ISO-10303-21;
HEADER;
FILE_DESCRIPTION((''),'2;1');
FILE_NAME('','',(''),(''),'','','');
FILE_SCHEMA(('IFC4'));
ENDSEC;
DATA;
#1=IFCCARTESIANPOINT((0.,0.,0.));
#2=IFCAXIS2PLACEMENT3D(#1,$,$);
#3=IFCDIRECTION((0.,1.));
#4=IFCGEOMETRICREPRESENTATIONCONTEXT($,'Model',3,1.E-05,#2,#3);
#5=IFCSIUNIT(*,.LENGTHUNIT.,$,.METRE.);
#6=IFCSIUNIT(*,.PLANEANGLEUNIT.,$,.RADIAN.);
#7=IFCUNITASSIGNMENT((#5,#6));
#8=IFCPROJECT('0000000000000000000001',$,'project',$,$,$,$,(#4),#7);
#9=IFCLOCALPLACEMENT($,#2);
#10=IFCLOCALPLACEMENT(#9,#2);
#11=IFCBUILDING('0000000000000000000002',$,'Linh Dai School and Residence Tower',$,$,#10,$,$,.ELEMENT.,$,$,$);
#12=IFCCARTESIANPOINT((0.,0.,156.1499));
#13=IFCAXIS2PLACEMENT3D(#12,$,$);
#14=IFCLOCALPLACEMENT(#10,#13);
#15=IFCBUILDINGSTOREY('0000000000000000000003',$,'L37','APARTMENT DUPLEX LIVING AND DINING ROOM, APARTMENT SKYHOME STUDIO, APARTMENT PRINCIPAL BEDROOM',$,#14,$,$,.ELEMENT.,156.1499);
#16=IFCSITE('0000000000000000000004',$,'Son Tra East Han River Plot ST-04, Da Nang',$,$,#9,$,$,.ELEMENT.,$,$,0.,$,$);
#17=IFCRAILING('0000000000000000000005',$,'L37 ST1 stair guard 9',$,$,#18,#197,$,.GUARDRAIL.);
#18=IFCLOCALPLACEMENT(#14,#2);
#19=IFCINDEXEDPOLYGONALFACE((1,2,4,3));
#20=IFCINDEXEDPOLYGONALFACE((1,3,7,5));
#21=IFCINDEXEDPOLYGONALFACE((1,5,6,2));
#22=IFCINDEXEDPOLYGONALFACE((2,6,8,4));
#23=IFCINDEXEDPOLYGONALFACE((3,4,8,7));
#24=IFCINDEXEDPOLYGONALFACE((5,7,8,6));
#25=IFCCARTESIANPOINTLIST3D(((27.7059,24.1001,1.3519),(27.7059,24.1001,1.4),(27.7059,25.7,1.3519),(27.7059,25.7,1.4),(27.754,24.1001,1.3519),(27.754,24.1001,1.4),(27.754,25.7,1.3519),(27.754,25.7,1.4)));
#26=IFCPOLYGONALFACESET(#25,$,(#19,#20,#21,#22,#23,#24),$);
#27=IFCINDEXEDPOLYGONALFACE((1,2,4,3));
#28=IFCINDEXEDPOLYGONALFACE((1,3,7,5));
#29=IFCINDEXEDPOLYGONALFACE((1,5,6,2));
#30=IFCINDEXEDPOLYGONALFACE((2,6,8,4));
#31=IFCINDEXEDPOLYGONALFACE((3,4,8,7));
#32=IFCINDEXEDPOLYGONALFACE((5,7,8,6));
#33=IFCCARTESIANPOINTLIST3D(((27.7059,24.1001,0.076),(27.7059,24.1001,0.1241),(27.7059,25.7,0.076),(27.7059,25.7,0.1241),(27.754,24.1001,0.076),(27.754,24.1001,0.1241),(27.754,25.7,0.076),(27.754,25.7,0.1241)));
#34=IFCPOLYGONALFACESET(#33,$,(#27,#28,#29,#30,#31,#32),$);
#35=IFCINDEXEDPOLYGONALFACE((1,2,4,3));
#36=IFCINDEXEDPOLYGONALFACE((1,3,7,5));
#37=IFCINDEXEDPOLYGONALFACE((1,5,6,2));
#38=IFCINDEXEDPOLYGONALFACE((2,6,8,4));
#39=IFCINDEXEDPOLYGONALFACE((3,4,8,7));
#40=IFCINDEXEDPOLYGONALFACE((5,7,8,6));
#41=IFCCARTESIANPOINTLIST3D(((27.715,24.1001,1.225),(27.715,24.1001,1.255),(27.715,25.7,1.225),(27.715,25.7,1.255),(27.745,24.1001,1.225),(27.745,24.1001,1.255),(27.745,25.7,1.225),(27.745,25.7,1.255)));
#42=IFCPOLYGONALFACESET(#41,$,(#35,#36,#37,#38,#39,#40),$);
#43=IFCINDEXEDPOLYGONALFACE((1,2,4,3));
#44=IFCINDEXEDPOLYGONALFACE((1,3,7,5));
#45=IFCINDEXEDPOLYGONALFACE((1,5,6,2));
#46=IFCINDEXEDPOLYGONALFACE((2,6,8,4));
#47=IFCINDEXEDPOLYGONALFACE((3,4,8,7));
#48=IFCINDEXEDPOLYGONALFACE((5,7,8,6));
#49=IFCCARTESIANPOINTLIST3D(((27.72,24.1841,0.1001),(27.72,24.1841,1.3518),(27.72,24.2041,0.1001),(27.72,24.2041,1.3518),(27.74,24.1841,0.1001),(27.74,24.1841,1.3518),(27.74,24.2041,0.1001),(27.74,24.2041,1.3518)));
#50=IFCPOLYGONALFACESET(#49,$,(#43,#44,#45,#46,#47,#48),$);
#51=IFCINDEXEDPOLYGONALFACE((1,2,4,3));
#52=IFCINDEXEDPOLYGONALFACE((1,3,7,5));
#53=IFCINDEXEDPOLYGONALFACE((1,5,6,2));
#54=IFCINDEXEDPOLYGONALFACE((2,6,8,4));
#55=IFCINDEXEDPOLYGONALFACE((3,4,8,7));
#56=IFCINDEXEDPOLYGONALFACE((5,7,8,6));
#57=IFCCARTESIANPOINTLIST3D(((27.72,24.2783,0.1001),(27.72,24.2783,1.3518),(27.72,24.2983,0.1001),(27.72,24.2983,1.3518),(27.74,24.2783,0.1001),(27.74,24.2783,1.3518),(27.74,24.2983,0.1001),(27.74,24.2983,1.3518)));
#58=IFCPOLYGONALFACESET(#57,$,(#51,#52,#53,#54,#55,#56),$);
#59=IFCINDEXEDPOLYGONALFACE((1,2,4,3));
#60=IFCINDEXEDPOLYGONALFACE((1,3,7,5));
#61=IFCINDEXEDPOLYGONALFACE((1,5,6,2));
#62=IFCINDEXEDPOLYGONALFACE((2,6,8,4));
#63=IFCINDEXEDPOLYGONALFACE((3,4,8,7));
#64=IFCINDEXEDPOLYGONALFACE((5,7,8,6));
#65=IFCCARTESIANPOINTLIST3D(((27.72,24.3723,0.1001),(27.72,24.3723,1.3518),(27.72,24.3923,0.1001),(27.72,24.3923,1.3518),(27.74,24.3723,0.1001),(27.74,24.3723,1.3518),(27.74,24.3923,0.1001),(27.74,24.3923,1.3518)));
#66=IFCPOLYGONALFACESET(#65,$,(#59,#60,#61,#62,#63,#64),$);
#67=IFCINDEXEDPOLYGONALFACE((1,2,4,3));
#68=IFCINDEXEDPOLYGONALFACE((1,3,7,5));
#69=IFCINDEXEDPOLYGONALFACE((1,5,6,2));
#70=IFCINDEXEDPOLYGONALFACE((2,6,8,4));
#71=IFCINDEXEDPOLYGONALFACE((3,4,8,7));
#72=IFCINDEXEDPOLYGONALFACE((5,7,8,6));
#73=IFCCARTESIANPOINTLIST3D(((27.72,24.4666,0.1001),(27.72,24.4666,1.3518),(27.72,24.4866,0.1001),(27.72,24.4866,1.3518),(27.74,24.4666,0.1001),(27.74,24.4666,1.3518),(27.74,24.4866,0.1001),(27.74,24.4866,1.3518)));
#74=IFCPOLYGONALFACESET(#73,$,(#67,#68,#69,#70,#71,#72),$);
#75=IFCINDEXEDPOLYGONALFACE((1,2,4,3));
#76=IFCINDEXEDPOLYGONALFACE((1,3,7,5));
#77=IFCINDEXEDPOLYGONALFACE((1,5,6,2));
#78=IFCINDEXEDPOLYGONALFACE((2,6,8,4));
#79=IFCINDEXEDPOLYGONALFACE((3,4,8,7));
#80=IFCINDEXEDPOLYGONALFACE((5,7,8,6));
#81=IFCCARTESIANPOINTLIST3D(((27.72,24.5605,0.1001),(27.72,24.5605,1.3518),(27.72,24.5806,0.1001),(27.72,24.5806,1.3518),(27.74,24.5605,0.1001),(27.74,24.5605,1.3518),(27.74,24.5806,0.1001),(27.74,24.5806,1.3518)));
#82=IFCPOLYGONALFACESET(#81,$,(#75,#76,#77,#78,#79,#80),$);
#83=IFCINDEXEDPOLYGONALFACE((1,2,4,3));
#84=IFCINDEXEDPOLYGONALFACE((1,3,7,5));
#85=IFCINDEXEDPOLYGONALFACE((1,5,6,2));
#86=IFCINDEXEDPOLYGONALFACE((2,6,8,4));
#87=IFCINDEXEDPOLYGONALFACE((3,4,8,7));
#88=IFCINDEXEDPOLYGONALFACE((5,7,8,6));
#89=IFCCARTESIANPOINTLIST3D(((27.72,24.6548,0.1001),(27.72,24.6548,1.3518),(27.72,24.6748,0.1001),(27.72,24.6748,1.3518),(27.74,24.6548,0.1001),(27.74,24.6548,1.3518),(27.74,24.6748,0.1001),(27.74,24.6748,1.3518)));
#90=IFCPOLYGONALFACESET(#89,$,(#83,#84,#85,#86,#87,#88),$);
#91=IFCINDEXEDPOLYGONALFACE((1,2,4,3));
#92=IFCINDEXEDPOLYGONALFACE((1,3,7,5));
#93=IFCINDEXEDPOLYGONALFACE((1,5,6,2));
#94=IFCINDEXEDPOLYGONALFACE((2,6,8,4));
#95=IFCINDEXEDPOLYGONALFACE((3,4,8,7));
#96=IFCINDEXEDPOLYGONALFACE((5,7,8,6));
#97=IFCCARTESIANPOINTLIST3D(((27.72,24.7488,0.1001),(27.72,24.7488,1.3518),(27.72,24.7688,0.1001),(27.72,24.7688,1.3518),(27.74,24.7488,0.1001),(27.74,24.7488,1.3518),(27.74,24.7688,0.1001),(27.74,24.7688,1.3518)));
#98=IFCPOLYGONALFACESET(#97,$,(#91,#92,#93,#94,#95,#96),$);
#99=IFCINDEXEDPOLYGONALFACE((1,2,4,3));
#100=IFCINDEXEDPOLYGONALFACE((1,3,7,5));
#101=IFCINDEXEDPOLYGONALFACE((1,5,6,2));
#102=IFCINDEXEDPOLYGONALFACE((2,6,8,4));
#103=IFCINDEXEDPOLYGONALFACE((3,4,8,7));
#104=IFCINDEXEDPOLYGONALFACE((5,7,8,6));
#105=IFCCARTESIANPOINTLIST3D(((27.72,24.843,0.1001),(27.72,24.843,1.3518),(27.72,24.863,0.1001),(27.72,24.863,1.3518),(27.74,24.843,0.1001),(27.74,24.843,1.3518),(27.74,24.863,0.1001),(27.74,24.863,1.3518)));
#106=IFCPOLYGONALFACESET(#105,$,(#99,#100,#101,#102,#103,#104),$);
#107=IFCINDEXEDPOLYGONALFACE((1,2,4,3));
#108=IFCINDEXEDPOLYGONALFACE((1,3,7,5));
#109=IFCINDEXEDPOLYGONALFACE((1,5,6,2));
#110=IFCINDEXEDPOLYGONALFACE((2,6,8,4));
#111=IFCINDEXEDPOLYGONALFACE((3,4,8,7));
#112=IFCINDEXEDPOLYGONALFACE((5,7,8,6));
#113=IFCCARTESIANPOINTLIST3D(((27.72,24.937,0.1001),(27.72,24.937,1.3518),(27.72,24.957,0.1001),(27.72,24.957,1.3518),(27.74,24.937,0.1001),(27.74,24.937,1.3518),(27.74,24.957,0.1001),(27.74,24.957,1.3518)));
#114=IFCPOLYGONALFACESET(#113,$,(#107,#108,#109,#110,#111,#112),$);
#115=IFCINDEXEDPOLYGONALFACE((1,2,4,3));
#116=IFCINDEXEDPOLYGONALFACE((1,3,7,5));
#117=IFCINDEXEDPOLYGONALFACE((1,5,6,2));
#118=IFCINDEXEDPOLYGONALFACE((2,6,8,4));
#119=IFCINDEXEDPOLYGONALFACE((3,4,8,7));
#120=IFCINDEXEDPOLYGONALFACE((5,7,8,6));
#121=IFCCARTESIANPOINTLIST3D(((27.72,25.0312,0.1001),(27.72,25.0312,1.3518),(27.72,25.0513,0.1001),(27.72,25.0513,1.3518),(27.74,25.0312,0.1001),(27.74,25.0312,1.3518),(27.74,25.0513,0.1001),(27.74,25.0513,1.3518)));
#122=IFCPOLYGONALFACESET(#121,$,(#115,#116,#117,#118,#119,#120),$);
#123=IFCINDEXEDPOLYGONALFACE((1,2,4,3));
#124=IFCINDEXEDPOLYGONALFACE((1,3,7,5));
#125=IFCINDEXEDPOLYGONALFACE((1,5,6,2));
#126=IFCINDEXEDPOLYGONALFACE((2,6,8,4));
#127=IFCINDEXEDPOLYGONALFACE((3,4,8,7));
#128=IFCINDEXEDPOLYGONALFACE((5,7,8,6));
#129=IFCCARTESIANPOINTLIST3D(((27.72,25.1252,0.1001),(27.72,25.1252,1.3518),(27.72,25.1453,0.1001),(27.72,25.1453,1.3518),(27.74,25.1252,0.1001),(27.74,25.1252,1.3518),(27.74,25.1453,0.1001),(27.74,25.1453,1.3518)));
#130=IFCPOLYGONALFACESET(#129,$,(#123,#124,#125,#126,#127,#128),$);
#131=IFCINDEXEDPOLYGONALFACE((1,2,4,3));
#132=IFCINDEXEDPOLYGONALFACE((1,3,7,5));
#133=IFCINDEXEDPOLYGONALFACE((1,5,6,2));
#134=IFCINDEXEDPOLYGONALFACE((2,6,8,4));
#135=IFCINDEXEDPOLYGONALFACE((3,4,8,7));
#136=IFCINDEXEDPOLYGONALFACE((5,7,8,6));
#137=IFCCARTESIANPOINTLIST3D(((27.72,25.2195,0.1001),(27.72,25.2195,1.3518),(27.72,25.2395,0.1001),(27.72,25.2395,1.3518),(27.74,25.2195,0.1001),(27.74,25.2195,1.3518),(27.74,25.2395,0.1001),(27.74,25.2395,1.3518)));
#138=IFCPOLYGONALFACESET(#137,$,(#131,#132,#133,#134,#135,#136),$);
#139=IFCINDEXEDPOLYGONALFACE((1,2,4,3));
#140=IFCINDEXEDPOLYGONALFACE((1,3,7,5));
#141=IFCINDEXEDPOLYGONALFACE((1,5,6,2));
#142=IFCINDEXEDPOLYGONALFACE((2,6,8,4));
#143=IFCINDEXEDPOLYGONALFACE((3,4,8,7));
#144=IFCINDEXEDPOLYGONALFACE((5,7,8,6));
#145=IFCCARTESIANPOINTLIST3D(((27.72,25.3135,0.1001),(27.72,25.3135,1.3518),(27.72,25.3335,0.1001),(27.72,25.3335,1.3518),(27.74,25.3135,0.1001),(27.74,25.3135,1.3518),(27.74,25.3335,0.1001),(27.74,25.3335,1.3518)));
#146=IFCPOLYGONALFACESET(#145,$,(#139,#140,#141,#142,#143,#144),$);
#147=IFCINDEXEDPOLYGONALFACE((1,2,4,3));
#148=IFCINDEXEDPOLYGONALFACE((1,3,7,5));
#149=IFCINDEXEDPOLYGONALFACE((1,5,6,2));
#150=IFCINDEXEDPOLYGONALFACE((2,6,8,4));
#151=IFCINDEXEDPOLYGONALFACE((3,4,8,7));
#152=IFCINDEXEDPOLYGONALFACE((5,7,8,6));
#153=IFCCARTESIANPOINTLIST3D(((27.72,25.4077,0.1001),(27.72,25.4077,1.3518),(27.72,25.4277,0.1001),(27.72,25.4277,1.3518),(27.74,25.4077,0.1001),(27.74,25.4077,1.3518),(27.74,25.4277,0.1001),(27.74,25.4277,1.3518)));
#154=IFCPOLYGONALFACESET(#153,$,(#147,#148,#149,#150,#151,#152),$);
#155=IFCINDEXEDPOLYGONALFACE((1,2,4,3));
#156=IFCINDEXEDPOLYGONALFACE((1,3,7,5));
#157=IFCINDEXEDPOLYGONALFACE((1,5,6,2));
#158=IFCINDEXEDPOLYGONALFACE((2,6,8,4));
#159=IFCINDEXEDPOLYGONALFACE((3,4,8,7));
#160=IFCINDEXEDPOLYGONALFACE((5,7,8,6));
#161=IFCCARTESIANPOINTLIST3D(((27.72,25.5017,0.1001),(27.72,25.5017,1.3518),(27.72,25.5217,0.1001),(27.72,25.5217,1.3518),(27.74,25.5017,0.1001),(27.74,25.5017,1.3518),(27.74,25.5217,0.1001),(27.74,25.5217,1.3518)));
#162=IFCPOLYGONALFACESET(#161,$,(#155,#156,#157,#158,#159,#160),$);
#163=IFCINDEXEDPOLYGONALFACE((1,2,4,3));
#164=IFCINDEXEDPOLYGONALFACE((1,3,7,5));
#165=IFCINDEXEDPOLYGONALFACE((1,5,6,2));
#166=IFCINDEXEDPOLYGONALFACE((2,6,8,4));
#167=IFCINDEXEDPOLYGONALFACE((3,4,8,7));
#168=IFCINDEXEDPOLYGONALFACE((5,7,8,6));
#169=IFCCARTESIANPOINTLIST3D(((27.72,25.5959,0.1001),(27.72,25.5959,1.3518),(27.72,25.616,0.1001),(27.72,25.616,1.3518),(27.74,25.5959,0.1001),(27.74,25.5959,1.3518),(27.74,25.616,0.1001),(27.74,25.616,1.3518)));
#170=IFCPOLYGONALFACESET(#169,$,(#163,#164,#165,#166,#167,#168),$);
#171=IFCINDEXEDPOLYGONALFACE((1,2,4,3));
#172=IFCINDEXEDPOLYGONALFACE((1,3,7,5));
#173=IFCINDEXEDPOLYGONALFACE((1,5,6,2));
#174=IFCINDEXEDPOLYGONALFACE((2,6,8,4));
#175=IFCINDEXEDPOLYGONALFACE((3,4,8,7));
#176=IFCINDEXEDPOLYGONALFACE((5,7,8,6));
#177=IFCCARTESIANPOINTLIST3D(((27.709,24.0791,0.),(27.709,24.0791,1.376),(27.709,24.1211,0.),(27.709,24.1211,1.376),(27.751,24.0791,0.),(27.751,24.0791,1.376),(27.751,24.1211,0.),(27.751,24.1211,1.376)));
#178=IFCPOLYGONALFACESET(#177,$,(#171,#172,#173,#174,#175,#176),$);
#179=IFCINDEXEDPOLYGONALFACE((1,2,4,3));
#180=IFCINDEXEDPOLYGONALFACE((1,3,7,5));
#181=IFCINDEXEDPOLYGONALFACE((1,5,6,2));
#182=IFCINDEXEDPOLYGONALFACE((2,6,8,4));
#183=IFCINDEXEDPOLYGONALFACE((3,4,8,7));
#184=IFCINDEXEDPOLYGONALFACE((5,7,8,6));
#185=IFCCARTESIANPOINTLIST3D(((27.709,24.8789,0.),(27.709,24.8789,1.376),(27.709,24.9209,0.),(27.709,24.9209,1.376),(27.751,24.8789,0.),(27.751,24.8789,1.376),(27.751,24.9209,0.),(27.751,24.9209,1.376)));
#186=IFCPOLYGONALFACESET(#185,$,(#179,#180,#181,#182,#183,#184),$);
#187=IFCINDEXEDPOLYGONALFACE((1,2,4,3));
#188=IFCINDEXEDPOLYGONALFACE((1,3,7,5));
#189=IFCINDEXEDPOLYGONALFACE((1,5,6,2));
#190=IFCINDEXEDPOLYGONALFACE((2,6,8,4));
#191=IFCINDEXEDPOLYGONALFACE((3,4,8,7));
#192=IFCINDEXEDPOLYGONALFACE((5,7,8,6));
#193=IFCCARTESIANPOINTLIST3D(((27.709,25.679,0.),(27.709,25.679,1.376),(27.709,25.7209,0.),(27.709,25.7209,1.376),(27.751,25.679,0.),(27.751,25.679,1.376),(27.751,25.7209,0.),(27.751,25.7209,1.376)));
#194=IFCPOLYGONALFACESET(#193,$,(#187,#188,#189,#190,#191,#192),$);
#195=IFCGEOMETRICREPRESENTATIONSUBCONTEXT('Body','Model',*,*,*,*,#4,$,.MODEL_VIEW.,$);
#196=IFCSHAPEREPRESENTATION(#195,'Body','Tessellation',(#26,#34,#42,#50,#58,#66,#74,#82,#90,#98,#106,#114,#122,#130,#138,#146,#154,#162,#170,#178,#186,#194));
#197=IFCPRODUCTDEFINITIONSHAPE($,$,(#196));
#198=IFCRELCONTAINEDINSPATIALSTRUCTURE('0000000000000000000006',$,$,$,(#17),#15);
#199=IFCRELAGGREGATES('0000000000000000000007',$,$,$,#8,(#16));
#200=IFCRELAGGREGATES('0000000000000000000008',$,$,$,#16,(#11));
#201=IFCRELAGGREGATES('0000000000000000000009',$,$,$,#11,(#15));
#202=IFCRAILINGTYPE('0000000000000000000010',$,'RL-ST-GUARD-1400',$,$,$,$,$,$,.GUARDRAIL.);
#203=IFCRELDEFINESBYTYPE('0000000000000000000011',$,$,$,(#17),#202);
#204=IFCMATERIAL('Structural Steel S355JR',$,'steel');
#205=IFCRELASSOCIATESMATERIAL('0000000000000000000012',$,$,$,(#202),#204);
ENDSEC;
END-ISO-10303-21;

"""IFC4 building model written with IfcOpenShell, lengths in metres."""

from ifc_helpers import new_model, si_unit, direction, frame, origin, origin_2d, place, context, subcontext, project, spatial, rectangle, extrude, source, transform, mapped, material, type_object, element, save


model = new_model("IFC4")

# Units and contexts
model_context = context("Model", 3, precision=1e-05, world=origin(), true_north=direction((0.0, 1.0)))
body_context = subcontext(model_context, "Body", "Model", "MODEL_VIEW")
ifc_project = project(units=[si_unit("LENGTHUNIT", "METRE"), si_unit("PLANEANGLEUNIT", "RADIAN")], contexts=[model_context])

# Site, building, storey
site_placement = place(None, origin())
site = spatial("IfcSite", under=ifc_project, at=site_placement, Name="Son Tra East Han River Plot ST-04, Da Nang", CompositionType="ELEMENT", RefElevation=0.0)
building_placement = place(site_placement, origin())
building = spatial("IfcBuilding", under=site, at=building_placement, Name="Linh Dai School and Residence Tower", CompositionType="ELEMENT")
storey_placement = place(building_placement, frame((0.0, 0.0, 156.1499)))
storey = spatial("IfcBuildingStorey", under=building, at=storey_placement, Name="L37", Description="APARTMENT DUPLEX LIVING AND DINING ROOM, APARTMENT SKYHOME STUDIO, APARTMENT PRINCIPAL BEDROOM", CompositionType="ELEMENT", Elevation=156.1499)

# Shared definitions
ifc_material_1 = material(Name="Structural Steel S355JR", Category="steel")

# Railing
railing_type = type_object("IfcRailingType", Name="RL-ST-GUARD-1400", PredefinedType="GUARDRAIL", material=ifc_material_1)
shared_shape_1 = source(origin(), body_context, "Body", "SweptSolid", [
    extrude(rectangle(XDim=0.0481, YDim=0.0481, at=origin_2d()), frame((0.0, 0.0, 1.376), z_axis=(0.0, 1.0, 0.0), x_axis=(-1.0, 0.0, 0.0)), (0.0, 0.0, 1.0), 1.5999),
    extrude(rectangle(XDim=0.0481, YDim=0.0481, at=origin_2d()), frame((0.0, 0.0, 0.1001), z_axis=(0.0, 1.0, 0.0), x_axis=(-1.0, 0.0, 0.0)), (0.0, 0.0, 1.0), 1.5999),
    extrude(rectangle(XDim=0.03, YDim=0.03, at=origin_2d()), frame((0.0, 0.0, 1.24), z_axis=(0.0, 1.0, 0.0), x_axis=(-1.0, 0.0, 0.0)), (0.0, 0.0, 1.0), 1.5999),
    extrude(rectangle(XDim=0.02, YDim=0.02, at=origin_2d()), frame((0.0, 0.094, 0.1001)), (0.0, 0.0, 1.0), 1.2517),
    extrude(rectangle(XDim=0.02, YDim=0.02, at=origin_2d()), frame((0.0, 0.1882, 0.1001)), (0.0, 0.0, 1.0), 1.2517),
    extrude(rectangle(XDim=0.02, YDim=0.02, at=origin_2d()), frame((0.0, 0.2822, 0.1001)), (0.0, 0.0, 1.0), 1.2517),
    extrude(rectangle(XDim=0.02, YDim=0.02, at=origin_2d()), frame((0.0, 0.3765, 0.1001)), (0.0, 0.0, 1.0), 1.2517),
    extrude(rectangle(XDim=0.02, YDim=0.02, at=origin_2d()), frame((0.0, 0.4705, 0.1001)), (0.0, 0.0, 1.0), 1.2517),
    extrude(rectangle(XDim=0.02, YDim=0.02, at=origin_2d()), frame((0.0, 0.5647, 0.1001)), (0.0, 0.0, 1.0), 1.2517),
    extrude(rectangle(XDim=0.02, YDim=0.02, at=origin_2d()), frame((0.0, 0.6587, 0.1001)), (0.0, 0.0, 1.0), 1.2517),
    extrude(rectangle(XDim=0.02, YDim=0.02, at=origin_2d()), frame((0.0, 0.7529, 0.1001)), (0.0, 0.0, 1.0), 1.2517),
    extrude(rectangle(XDim=0.02, YDim=0.02, at=origin_2d()), frame((0.0, 0.8469, 0.1001)), (0.0, 0.0, 1.0), 1.2517),
    extrude(rectangle(XDim=0.02, YDim=0.02, at=origin_2d()), frame((0.0, 0.9412, 0.1001)), (0.0, 0.0, 1.0), 1.2517),
    extrude(rectangle(XDim=0.02, YDim=0.02, at=origin_2d()), frame((0.0, 1.0352, 0.1001)), (0.0, 0.0, 1.0), 1.2517),
    extrude(rectangle(XDim=0.02, YDim=0.02, at=origin_2d()), frame((0.0, 1.1294, 0.1001)), (0.0, 0.0, 1.0), 1.2517),
    extrude(rectangle(XDim=0.02, YDim=0.02, at=origin_2d()), frame((0.0, 1.2234, 0.1001)), (0.0, 0.0, 1.0), 1.2517),
    extrude(rectangle(XDim=0.02, YDim=0.02, at=origin_2d()), frame((0.0, 1.3176, 0.1001)), (0.0, 0.0, 1.0), 1.2517),
    extrude(rectangle(XDim=0.02, YDim=0.02, at=origin_2d()), frame((0.0, 1.4116, 0.1001)), (0.0, 0.0, 1.0), 1.2517),
    extrude(rectangle(XDim=0.02, YDim=0.02, at=origin_2d()), frame((0.0, 1.5059, 0.1001)), (0.0, 0.0, 1.0), 1.2517),
    extrude(rectangle(XDim=0.042, YDim=0.042, at=origin_2d()), origin(), (0.0, 0.0, 1.0), 1.376),
    extrude(rectangle(XDim=0.042, YDim=0.042, at=origin_2d()), frame((0.0, 0.7998, 0.0)), (0.0, 0.0, 1.0), 1.376),
    extrude(rectangle(XDim=0.042, YDim=0.042, at=origin_2d()), frame((0.0, 1.5999, 0.0)), (0.0, 0.0, 1.0), 1.376),
])
for number, where, name in (
    (1, (27.73, 24.1001, 0.0), "L37 ST1 stair guard 9"),
):
    element("IfcRailing", number, at=place(storey_placement, frame(where)), inside=storey, type_object=railing_type, Name=name, PredefinedType="GUARDRAIL", context=body_context, shape_type="MappedRepresentation", body=[
        mapped(shared_shape_1, transform((0.0, 0.0, 0.0), x_axis=(1.0, 0.0, 0.0), y_axis=(0.0, 1.0, 0.0), z_axis=(0.0, 0.0, 1.0), scale=1.0)),
    ])

save(model, "model.ifc")
